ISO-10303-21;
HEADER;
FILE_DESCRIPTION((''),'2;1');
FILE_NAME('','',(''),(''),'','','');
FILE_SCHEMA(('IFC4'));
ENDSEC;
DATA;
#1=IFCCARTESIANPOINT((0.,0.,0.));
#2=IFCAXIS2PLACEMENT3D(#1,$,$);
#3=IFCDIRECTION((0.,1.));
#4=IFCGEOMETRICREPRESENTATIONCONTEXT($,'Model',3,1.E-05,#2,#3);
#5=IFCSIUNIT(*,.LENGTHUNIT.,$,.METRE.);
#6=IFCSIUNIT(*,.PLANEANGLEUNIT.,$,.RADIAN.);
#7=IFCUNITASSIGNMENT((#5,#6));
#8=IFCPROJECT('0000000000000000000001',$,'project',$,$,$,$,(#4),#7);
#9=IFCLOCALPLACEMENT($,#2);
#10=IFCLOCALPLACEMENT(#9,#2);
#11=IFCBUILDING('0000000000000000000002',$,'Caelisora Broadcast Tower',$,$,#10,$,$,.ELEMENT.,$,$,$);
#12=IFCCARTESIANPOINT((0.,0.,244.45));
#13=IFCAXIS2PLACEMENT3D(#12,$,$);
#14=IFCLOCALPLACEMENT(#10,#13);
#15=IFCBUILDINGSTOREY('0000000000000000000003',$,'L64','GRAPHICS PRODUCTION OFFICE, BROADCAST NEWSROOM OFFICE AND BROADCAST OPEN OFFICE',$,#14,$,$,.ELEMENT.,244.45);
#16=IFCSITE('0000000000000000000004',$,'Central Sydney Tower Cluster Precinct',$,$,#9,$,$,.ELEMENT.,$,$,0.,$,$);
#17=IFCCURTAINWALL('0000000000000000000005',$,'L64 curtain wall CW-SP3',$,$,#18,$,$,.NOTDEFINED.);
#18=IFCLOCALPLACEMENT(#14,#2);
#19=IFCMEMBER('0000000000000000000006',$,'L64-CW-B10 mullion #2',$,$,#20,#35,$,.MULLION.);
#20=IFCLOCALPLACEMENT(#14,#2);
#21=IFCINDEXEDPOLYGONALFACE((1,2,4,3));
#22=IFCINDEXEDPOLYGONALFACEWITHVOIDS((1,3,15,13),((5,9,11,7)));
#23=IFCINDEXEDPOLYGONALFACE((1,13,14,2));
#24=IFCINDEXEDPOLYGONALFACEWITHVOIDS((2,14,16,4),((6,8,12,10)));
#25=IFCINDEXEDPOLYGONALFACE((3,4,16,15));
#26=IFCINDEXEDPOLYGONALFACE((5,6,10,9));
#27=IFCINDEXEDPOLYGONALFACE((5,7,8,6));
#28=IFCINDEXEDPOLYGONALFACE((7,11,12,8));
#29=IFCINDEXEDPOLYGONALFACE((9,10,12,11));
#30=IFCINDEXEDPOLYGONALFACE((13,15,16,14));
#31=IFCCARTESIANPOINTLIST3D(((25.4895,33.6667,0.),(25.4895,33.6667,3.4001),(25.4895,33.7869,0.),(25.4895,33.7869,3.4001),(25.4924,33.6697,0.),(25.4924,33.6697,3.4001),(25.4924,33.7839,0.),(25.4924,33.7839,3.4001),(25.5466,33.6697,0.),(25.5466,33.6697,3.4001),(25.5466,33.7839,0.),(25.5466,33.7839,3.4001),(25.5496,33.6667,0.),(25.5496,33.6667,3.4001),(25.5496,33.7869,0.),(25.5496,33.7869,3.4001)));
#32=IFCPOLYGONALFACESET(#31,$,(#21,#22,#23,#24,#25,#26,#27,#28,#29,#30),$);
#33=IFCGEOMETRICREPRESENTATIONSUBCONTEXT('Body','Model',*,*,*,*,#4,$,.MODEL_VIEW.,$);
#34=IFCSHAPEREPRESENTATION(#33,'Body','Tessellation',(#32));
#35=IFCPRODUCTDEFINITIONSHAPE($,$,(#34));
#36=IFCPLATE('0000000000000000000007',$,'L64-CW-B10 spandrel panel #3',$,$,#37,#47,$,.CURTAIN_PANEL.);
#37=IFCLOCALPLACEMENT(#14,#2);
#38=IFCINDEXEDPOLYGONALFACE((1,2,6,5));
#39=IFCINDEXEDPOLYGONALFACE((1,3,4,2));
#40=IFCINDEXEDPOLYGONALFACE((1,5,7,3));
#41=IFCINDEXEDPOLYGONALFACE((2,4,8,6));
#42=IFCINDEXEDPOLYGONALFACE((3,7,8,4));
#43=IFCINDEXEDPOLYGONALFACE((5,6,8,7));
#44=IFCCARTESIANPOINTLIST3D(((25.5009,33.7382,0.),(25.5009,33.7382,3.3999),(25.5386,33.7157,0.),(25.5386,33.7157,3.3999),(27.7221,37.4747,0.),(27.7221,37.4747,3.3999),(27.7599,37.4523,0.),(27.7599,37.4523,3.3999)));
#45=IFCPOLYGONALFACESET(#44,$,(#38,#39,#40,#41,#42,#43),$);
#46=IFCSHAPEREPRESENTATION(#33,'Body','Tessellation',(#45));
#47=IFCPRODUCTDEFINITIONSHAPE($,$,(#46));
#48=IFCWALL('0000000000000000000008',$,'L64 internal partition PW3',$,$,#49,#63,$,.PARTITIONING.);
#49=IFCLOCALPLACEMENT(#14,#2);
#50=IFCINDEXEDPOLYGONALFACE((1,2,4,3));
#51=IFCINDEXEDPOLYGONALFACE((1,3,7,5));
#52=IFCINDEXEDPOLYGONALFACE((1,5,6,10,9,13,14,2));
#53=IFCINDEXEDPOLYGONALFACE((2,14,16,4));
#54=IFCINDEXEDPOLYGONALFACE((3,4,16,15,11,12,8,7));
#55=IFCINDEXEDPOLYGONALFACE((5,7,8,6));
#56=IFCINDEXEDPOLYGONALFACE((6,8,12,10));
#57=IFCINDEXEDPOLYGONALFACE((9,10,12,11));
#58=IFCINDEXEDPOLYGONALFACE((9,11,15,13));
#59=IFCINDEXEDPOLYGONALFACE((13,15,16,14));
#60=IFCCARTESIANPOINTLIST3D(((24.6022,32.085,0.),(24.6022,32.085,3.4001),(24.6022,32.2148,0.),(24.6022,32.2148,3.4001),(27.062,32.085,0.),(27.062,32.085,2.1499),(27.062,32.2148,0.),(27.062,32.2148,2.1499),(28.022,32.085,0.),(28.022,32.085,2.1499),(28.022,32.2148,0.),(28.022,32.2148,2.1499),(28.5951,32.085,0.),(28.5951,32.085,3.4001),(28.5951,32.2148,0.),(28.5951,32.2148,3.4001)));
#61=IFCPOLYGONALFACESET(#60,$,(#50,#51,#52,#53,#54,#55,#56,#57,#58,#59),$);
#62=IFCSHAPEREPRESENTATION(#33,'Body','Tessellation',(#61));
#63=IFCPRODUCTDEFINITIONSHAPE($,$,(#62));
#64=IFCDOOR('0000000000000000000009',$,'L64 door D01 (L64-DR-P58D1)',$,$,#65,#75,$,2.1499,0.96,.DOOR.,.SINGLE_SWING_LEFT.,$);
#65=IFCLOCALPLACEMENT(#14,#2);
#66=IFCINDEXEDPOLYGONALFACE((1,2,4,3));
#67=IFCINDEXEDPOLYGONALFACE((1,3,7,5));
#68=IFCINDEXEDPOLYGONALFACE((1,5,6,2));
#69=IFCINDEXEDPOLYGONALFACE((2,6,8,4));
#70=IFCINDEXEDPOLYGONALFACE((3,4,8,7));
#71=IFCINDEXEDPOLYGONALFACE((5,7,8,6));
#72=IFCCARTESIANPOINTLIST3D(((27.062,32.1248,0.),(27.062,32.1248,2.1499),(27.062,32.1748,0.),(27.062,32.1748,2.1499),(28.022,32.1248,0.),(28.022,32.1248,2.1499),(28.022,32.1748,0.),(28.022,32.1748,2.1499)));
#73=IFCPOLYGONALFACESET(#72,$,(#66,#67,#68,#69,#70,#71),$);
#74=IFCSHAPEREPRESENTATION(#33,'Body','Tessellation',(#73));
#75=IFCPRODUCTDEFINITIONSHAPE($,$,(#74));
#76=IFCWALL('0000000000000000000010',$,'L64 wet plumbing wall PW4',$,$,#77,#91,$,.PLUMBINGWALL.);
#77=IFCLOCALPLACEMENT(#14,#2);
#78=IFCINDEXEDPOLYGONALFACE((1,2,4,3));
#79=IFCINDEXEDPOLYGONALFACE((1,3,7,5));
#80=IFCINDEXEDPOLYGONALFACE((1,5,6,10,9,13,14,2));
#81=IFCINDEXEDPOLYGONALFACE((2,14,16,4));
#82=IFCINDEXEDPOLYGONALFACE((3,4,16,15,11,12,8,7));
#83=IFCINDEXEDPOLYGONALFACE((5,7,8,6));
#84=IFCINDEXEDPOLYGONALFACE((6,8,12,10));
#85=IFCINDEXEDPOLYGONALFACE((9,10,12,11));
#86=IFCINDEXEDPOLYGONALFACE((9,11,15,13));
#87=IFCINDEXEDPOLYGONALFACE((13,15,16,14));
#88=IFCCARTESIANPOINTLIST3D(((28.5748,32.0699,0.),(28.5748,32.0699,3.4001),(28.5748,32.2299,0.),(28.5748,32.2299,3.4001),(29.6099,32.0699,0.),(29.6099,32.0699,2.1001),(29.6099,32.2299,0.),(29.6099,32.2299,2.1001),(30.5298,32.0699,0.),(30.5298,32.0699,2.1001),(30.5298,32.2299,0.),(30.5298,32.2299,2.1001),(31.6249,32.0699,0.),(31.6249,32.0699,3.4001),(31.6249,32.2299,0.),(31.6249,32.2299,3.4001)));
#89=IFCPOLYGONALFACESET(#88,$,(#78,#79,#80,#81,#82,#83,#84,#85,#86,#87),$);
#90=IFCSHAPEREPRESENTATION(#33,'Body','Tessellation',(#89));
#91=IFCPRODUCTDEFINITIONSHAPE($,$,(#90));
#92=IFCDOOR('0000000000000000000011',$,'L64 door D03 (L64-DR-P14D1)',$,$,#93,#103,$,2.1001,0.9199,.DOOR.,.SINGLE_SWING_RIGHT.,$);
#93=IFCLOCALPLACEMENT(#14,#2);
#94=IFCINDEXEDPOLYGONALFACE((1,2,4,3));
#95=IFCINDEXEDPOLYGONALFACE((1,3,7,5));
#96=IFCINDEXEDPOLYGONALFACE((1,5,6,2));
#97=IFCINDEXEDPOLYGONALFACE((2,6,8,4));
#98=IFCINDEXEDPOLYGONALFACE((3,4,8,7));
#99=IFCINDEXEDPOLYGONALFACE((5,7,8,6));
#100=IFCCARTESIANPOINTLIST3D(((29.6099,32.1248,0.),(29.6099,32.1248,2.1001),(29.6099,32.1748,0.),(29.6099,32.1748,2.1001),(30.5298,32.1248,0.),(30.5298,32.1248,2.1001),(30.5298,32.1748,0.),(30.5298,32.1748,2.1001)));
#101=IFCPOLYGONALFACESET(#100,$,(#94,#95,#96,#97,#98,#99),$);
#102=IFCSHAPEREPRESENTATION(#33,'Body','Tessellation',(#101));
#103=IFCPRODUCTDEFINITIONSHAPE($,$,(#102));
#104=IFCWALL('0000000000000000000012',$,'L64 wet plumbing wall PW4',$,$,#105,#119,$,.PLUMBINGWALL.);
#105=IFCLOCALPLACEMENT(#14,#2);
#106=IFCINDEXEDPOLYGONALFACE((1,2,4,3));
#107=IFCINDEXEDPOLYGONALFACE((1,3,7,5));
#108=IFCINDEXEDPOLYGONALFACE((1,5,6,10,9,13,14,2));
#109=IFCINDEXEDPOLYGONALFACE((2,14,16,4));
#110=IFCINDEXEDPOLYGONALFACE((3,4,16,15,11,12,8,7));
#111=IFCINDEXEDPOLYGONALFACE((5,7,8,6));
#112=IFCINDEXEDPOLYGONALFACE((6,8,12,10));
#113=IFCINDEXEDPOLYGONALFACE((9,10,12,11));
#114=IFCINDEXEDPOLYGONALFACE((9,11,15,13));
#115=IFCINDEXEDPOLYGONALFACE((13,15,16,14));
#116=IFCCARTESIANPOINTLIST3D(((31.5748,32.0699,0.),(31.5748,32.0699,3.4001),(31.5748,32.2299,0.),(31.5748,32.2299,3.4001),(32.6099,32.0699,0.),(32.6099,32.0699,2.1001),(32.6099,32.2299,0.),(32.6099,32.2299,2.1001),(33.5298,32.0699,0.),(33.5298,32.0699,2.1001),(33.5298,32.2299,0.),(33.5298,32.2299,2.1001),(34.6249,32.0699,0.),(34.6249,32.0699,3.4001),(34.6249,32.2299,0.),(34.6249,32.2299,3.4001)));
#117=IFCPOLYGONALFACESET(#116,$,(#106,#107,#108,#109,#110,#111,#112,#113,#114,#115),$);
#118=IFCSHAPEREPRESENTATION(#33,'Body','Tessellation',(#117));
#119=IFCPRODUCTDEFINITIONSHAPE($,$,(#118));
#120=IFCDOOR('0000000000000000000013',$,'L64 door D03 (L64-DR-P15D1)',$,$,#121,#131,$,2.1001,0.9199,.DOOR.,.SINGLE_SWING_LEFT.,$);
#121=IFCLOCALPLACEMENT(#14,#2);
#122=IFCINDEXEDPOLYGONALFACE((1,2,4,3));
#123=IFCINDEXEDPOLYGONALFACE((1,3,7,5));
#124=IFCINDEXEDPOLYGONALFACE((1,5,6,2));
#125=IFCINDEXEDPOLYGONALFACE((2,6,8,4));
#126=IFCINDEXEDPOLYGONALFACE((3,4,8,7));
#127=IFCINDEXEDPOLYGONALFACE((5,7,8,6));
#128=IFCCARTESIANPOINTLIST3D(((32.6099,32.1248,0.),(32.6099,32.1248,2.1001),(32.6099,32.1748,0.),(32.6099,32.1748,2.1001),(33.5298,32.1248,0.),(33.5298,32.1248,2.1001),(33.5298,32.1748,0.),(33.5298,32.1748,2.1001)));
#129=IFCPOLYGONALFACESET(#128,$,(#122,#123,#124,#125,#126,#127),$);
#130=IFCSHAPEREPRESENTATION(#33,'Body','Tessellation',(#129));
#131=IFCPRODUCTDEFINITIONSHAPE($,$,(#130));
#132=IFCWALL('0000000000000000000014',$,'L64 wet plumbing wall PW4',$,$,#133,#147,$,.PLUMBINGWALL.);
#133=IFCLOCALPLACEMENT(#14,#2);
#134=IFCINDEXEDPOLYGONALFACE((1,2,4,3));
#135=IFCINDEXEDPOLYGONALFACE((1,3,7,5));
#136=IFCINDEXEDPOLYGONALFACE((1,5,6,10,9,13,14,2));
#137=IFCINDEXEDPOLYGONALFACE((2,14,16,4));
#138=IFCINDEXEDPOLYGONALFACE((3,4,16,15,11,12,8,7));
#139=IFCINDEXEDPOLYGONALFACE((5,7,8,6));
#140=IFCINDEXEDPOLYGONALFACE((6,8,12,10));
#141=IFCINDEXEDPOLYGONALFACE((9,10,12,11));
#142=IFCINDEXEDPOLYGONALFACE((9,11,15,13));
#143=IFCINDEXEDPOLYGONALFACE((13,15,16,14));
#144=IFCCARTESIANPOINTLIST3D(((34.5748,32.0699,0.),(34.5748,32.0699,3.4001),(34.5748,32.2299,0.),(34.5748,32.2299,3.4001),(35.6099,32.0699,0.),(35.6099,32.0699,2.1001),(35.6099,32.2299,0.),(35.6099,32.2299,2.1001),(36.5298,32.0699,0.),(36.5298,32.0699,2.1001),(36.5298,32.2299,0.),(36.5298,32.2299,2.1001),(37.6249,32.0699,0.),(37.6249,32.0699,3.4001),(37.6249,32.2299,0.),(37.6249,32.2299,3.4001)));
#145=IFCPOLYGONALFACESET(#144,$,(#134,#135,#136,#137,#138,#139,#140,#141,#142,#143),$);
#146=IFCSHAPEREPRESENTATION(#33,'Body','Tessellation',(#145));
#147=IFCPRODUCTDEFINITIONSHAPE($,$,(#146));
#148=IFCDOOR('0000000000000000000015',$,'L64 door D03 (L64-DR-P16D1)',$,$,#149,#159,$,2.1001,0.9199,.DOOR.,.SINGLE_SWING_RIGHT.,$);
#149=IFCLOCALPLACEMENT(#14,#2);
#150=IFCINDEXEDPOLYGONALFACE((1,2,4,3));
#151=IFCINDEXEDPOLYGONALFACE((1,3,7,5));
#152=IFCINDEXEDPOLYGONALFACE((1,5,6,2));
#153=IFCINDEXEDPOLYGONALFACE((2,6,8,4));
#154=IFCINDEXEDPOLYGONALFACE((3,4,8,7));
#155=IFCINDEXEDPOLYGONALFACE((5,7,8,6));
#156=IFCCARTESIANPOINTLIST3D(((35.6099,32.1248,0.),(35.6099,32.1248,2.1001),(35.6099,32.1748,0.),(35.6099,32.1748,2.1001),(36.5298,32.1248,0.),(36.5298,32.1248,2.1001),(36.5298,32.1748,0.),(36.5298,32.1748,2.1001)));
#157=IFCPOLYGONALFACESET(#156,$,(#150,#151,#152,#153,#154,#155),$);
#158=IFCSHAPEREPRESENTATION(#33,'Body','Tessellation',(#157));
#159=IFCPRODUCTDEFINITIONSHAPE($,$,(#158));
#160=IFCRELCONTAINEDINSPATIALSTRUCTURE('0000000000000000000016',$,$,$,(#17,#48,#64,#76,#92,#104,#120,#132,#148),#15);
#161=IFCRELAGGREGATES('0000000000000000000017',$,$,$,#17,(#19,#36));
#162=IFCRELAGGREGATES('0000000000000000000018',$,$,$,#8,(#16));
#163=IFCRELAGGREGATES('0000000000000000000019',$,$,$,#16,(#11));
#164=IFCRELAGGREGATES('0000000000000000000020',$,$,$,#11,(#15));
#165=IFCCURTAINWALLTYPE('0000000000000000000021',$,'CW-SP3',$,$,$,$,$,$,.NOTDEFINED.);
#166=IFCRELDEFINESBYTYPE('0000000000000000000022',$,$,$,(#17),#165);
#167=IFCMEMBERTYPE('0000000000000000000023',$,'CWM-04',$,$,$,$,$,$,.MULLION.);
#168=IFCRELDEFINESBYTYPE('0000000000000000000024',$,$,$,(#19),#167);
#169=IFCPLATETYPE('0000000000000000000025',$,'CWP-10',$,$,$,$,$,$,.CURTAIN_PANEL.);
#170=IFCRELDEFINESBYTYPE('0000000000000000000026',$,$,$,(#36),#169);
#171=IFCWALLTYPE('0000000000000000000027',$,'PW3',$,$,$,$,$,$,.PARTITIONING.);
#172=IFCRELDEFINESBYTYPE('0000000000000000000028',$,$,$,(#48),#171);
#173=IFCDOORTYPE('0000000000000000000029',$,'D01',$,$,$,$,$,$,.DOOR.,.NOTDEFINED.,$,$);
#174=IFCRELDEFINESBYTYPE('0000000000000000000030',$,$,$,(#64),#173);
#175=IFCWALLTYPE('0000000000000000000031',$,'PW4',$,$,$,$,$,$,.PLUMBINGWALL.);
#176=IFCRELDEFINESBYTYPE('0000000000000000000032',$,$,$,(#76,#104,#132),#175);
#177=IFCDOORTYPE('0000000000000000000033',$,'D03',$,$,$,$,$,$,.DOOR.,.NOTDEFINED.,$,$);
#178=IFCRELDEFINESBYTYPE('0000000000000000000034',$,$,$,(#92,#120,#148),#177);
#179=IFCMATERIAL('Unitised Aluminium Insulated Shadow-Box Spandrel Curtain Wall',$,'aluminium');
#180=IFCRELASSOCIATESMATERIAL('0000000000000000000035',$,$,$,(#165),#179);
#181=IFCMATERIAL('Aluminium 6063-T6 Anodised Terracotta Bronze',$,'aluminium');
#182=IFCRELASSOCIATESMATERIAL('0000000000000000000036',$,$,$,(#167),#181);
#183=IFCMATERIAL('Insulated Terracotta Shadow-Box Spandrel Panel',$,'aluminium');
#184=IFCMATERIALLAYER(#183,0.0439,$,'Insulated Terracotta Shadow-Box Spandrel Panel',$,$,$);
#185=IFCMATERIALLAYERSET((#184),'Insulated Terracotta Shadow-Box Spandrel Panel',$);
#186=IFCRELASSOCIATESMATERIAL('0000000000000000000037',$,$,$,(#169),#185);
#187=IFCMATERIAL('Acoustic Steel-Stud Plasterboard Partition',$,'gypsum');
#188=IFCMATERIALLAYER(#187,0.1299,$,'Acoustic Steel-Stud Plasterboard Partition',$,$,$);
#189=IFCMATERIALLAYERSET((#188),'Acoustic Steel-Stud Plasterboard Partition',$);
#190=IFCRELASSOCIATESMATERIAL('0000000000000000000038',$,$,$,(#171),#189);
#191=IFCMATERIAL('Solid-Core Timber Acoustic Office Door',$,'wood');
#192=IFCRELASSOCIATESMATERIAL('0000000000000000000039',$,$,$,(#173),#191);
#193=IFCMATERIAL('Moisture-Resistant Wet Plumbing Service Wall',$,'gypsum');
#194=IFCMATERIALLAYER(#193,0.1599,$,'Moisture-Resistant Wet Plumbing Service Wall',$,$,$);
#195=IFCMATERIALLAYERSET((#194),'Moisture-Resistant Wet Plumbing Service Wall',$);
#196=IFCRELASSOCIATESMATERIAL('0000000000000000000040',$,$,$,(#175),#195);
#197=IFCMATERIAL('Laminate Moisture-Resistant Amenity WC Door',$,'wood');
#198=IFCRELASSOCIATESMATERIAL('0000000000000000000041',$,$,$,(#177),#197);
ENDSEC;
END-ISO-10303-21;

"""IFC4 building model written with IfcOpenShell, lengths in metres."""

from ifc_helpers import new_model, si_unit, direction, frame, frame_2d, origin, origin_2d, place, context, subcontext, project, spatial, rectangle, hollow_rectangle, extrude, source, transform, mapped, material, layer, layer_set, material_profile, profile_set, type_object, type_shapes, element, fill, aggregate, save


model = new_model("IFC4")

# Units and contexts
model_context = context("Model", 3, precision=1e-05, world=origin(), true_north=direction((0.0, 1.0)))
body_context = subcontext(model_context, "Body", "Model", "MODEL_VIEW")
ifc_project = project(units=[si_unit("LENGTHUNIT", "METRE"), si_unit("PLANEANGLEUNIT", "RADIAN")], contexts=[model_context])

# Site, building, storey
site_placement = place(None, origin())
site = spatial("IfcSite", under=ifc_project, at=site_placement, Name="Central Sydney Tower Cluster Precinct", CompositionType="ELEMENT", RefElevation=0.0)
building_placement = place(site_placement, origin())
building = spatial("IfcBuilding", under=site, at=building_placement, Name="Caelisora Broadcast Tower", CompositionType="ELEMENT")
storey_placement = place(building_placement, frame((0.0, 0.0, 244.45)))
storey = spatial("IfcBuildingStorey", under=building, at=storey_placement, Name="L64", Description="GRAPHICS PRODUCTION OFFICE, BROADCAST NEWSROOM OFFICE AND BROADCAST OPEN OFFICE", CompositionType="ELEMENT", Elevation=244.45)

# Curtain wall, member, plate
ifc_material_1 = material(Name="Unitised Aluminium Insulated Shadow-Box Spandrel Curtain Wall", Category="aluminium")
curtain_wall_type = type_object("IfcCurtainWallType", Name="CW-SP3", PredefinedType="NOTDEFINED", material=ifc_material_1)
curtain_wall_placement = place(storey_placement, origin())
curtain_wall = element("IfcCurtainWall", 1, at=curtain_wall_placement, inside=storey, type_object=curtain_wall_type, Name="L64 curtain wall CW-SP3", PredefinedType="NOTDEFINED")
ifc_material_2 = material(Name="Aluminium 6063-T6 Anodised Terracotta Bronze", Category="aluminium")
ifc_material_profile_1 = material_profile(ifc_material_2, hollow_rectangle(XDim=0.0601, YDim=0.1201, WallThickness=0.0029, at=origin_2d()), Name="Aluminium 6063-T6 Anodised Terracotta Bronze")
ifc_profile_set_1 = profile_set([ifc_material_profile_1], Name="Aluminium 6063-T6 Anodised Terracotta Bronze")
member_type_1 = type_object("IfcMemberType", Name="CWM-04", PredefinedType="MULLION", material=ifc_profile_set_1)
shared_shape_1 = source(origin(), body_context, "Body", "SweptSolid", [
    extrude(hollow_rectangle(XDim=0.0601, YDim=0.1201, WallThickness=0.0029, at=origin_2d()), origin(), (0.0, 0.0, 1.0), 3.4001),
])
type_shapes(member_type_1, [shared_shape_1])
member_1_placement = place(storey_placement, frame((25.5195, 33.7268, 0.0), z_axis=(0.0, 0.0, 1.0), x_axis=(1.0, 0.0, 0.0)))
member_1 = element("IfcMember", 2, at=member_1_placement, type_object=member_type_1, Name="L64-CW-B10 mullion #2", PredefinedType="MULLION", context=body_context, shape_type="MappedRepresentation", body=[
    mapped(shared_shape_1, transform((0.0, 0.0, 0.0), scale=1.0)),
])
ifc_material_3 = material(Name="Insulated Terracotta Shadow-Box Spandrel Panel", Category="aluminium")
ifc_layer_1 = layer(ifc_material_3, 0.0439, Name="Insulated Terracotta Shadow-Box Spandrel Panel")
ifc_layer_set_1 = layer_set([ifc_layer_1], Name="Insulated Terracotta Shadow-Box Spandrel Panel")
plate_type = type_object("IfcPlateType", Name="CWP-10", PredefinedType="CURTAIN_PANEL", material=ifc_layer_set_1)
shared_shape_2 = source(origin(), body_context, "Body", "SweptSolid", [
    extrude(rectangle(XDim=4.3469, YDim=0.0439, at=origin_2d()), origin(), (0.0, 0.0, 1.0), 3.3999),
])
type_shapes(plate_type, [shared_shape_2])
plate_placement = place(storey_placement, frame((26.6304, 35.5952, 0.0), z_axis=(0.0, 0.0, 1.0), x_axis=(0.510993, 0.859585, 0.0)))
plate = element("IfcPlate", 3, at=plate_placement, type_object=plate_type, Name="L64-CW-B10 spandrel panel #3", PredefinedType="CURTAIN_PANEL", context=body_context, shape_type="MappedRepresentation", body=[
    mapped(shared_shape_2, transform((0.0, 0.0, 0.0), scale=1.0)),
])
aggregate(curtain_wall, [member_1, plate])

# Walls, openings, doors
ifc_material_4 = material(Name="Acoustic Steel-Stud Plasterboard Partition", Category="gypsum")
ifc_layer_2 = layer(ifc_material_4, 0.1299, Name="Acoustic Steel-Stud Plasterboard Partition")
ifc_layer_set_2 = layer_set([ifc_layer_2], Name="Acoustic Steel-Stud Plasterboard Partition")
wall_type_1 = type_object("IfcWallType", Name="PW3", PredefinedType="PARTITIONING", material=ifc_layer_set_2)
wall_1_placement = place(storey_placement, frame((24.6021, 32.1499, 0.0), z_axis=(0.0, 0.0, 1.0), x_axis=(1.0, 0.0, 0.0)))
wall_1 = element("IfcWall", 4, at=wall_1_placement, inside=storey, type_object=wall_type_1, Name="L64 internal partition PW3", PredefinedType="PARTITIONING", context=body_context, shape_type="SweptSolid", body=[
    extrude(rectangle(XDim=3.9929, YDim=0.1299, at=frame_2d((1.9966, 0.0))), origin(), (0.0, 0.0, 1.0), 3.4001),
])
opening_1_placement = place(wall_1_placement, frame((2.46, 0.0, 0.0)))
opening_1 = element("IfcOpeningElement", 5, at=opening_1_placement, cuts=wall_1, PredefinedType="OPENING", context=body_context, shape_type="SweptSolid", body=[
    extrude(rectangle(XDim=0.96, YDim=2.1499, at=frame_2d((0.48, 1.075))), frame((0.0, 0.0769, 0.0), z_axis=(0.0, -1.0, 0.0), x_axis=(1.0, 0.0, 0.0)), (0.0, 0.0, 1.0), 0.1538),
])
ifc_material_5 = material(Name="Solid-Core Timber Acoustic Office Door", Category="wood")
door_type_1 = type_object("IfcDoorType", Name="D01", OperationType="NOTDEFINED", PredefinedType="DOOR", material=ifc_material_5)
door_1_placement = place(opening_1_placement, origin())
door_1 = element("IfcDoor", 6, at=door_1_placement, inside=storey, type_object=door_type_1, Name="L64 door D01 (L64-DR-P58D1)", OperationType="SINGLE_SWING_LEFT", OverallHeight=2.1499, OverallWidth=0.96, PredefinedType="DOOR", context=body_context, shape_type="SweptSolid", body=[
    extrude(rectangle(XDim=0.96, YDim=2.1499, at=frame_2d((0.48, 1.075))), frame((0.0, 0.0249, 0.0), z_axis=(0.0, -1.0, 0.0), x_axis=(1.0, 0.0, 0.0)), (0.0, 0.0, 1.0), 0.05),
])
fill(opening_1, door_1)
ifc_material_6 = material(Name="Moisture-Resistant Wet Plumbing Service Wall", Category="gypsum")
ifc_layer_3 = layer(ifc_material_6, 0.1599, Name="Moisture-Resistant Wet Plumbing Service Wall")
ifc_layer_set_3 = layer_set([ifc_layer_3], Name="Moisture-Resistant Wet Plumbing Service Wall")
wall_type_2 = type_object("IfcWallType", Name="PW4", PredefinedType="PLUMBINGWALL", material=ifc_layer_set_3)
wall_2_placement = place(storey_placement, frame((28.575, 32.1499, 0.0), z_axis=(0.0, 0.0, 1.0), x_axis=(1.0, 0.0, 0.0)))
wall_2 = element("IfcWall", 7, at=wall_2_placement, inside=storey, type_object=wall_type_2, Name="L64 wet plumbing wall PW4", PredefinedType="PLUMBINGWALL", context=body_context, shape_type="SweptSolid", body=[
    extrude(rectangle(XDim=3.05, YDim=0.1599, at=frame_2d((1.5249, 0.0))), origin(), (0.0, 0.0, 1.0), 3.4001),
])
opening_2_placement = place(wall_2_placement, frame((1.0349, 0.0, 0.0)))
opening_2 = element("IfcOpeningElement", 8, at=opening_2_placement, cuts=wall_2, PredefinedType="OPENING", context=body_context, shape_type="SweptSolid", body=[
    extrude(rectangle(XDim=0.9199, YDim=2.1001, at=frame_2d((0.46, 1.05))), frame((0.0, 0.092, 0.0), z_axis=(0.0, -1.0, 0.0), x_axis=(1.0, 0.0, 0.0)), (0.0, 0.0, 1.0), 0.1838),
])
ifc_material_7 = material(Name="Laminate Moisture-Resistant Amenity WC Door", Category="wood")
door_type_2 = type_object("IfcDoorType", Name="D03", OperationType="NOTDEFINED", PredefinedType="DOOR", material=ifc_material_7)
door_2_placement = place(opening_2_placement, origin())
door_2 = element("IfcDoor", 9, at=door_2_placement, inside=storey, type_object=door_type_2, Name="L64 door D03 (L64-DR-P14D1)", OperationType="SINGLE_SWING_RIGHT", OverallHeight=2.1001, OverallWidth=0.9199, PredefinedType="DOOR", context=body_context, shape_type="SweptSolid", body=[
    extrude(rectangle(XDim=0.9199, YDim=2.1001, at=frame_2d((0.46, 1.05))), frame((0.0, 0.0249, 0.0), z_axis=(0.0, -1.0, 0.0), x_axis=(1.0, 0.0, 0.0)), (0.0, 0.0, 1.0), 0.05),
])
fill(opening_2, door_2)
wall_3_placement = place(storey_placement, frame((31.575, 32.1499, 0.0), z_axis=(0.0, 0.0, 1.0), x_axis=(1.0, 0.0, 0.0)))
wall_3 = element("IfcWall", 10, at=wall_3_placement, inside=storey, type_object=wall_type_2, Name="L64 wet plumbing wall PW4", PredefinedType="PLUMBINGWALL", context=body_context, shape_type="SweptSolid", body=[
    extrude(rectangle(XDim=3.05, YDim=0.1599, at=frame_2d((1.5249, 0.0))), origin(), (0.0, 0.0, 1.0), 3.4001),
])
opening_3_placement = place(wall_3_placement, frame((1.0349, 0.0, 0.0)))
opening_3 = element("IfcOpeningElement", 11, at=opening_3_placement, cuts=wall_3, PredefinedType="OPENING", context=body_context, shape_type="SweptSolid", body=[
    extrude(rectangle(XDim=0.9199, YDim=2.1001, at=frame_2d((0.46, 1.05))), frame((0.0, 0.092, 0.0), z_axis=(0.0, -1.0, 0.0), x_axis=(1.0, 0.0, 0.0)), (0.0, 0.0, 1.0), 0.1838),
])
door_3_placement = place(opening_3_placement, origin())
door_3 = element("IfcDoor", 12, at=door_3_placement, inside=storey, type_object=door_type_2, Name="L64 door D03 (L64-DR-P15D1)", OperationType="SINGLE_SWING_LEFT", OverallHeight=2.1001, OverallWidth=0.9199, PredefinedType="DOOR", context=body_context, shape_type="SweptSolid", body=[
    extrude(rectangle(XDim=0.9199, YDim=2.1001, at=frame_2d((0.46, 1.05))), frame((0.0, 0.0249, 0.0), z_axis=(0.0, -1.0, 0.0), x_axis=(1.0, 0.0, 0.0)), (0.0, 0.0, 1.0), 0.05),
])
fill(opening_3, door_3)
wall_4_placement = place(storey_placement, frame((34.575, 32.1499, 0.0), z_axis=(0.0, 0.0, 1.0), x_axis=(1.0, 0.0, 0.0)))
wall_4 = element("IfcWall", 13, at=wall_4_placement, inside=storey, type_object=wall_type_2, Name="L64 wet plumbing wall PW4", PredefinedType="PLUMBINGWALL", context=body_context, shape_type="SweptSolid", body=[
    extrude(rectangle(XDim=3.05, YDim=0.1599, at=frame_2d((1.5249, 0.0))), origin(), (0.0, 0.0, 1.0), 3.4001),
])
opening_4_placement = place(wall_4_placement, frame((1.0349, 0.0, 0.0)))
opening_4 = element("IfcOpeningElement", 14, at=opening_4_placement, cuts=wall_4, PredefinedType="OPENING", context=body_context, shape_type="SweptSolid", body=[
    extrude(rectangle(XDim=0.9199, YDim=2.1001, at=frame_2d((0.46, 1.05))), frame((0.0, 0.092, 0.0), z_axis=(0.0, -1.0, 0.0), x_axis=(1.0, 0.0, 0.0)), (0.0, 0.0, 1.0), 0.1838),
])
door_4_placement = place(opening_4_placement, origin())
door_4 = element("IfcDoor", 15, at=door_4_placement, inside=storey, type_object=door_type_2, Name="L64 door D03 (L64-DR-P16D1)", OperationType="SINGLE_SWING_RIGHT", OverallHeight=2.1001, OverallWidth=0.9199, PredefinedType="DOOR", context=body_context, shape_type="SweptSolid", body=[
    extrude(rectangle(XDim=0.9199, YDim=2.1001, at=frame_2d((0.46, 1.05))), frame((0.0, 0.0249, 0.0), z_axis=(0.0, -1.0, 0.0), x_axis=(1.0, 0.0, 0.0)), (0.0, 0.0, 1.0), 0.05),
])
fill(opening_4, door_4)

save(model, "model.ifc")
